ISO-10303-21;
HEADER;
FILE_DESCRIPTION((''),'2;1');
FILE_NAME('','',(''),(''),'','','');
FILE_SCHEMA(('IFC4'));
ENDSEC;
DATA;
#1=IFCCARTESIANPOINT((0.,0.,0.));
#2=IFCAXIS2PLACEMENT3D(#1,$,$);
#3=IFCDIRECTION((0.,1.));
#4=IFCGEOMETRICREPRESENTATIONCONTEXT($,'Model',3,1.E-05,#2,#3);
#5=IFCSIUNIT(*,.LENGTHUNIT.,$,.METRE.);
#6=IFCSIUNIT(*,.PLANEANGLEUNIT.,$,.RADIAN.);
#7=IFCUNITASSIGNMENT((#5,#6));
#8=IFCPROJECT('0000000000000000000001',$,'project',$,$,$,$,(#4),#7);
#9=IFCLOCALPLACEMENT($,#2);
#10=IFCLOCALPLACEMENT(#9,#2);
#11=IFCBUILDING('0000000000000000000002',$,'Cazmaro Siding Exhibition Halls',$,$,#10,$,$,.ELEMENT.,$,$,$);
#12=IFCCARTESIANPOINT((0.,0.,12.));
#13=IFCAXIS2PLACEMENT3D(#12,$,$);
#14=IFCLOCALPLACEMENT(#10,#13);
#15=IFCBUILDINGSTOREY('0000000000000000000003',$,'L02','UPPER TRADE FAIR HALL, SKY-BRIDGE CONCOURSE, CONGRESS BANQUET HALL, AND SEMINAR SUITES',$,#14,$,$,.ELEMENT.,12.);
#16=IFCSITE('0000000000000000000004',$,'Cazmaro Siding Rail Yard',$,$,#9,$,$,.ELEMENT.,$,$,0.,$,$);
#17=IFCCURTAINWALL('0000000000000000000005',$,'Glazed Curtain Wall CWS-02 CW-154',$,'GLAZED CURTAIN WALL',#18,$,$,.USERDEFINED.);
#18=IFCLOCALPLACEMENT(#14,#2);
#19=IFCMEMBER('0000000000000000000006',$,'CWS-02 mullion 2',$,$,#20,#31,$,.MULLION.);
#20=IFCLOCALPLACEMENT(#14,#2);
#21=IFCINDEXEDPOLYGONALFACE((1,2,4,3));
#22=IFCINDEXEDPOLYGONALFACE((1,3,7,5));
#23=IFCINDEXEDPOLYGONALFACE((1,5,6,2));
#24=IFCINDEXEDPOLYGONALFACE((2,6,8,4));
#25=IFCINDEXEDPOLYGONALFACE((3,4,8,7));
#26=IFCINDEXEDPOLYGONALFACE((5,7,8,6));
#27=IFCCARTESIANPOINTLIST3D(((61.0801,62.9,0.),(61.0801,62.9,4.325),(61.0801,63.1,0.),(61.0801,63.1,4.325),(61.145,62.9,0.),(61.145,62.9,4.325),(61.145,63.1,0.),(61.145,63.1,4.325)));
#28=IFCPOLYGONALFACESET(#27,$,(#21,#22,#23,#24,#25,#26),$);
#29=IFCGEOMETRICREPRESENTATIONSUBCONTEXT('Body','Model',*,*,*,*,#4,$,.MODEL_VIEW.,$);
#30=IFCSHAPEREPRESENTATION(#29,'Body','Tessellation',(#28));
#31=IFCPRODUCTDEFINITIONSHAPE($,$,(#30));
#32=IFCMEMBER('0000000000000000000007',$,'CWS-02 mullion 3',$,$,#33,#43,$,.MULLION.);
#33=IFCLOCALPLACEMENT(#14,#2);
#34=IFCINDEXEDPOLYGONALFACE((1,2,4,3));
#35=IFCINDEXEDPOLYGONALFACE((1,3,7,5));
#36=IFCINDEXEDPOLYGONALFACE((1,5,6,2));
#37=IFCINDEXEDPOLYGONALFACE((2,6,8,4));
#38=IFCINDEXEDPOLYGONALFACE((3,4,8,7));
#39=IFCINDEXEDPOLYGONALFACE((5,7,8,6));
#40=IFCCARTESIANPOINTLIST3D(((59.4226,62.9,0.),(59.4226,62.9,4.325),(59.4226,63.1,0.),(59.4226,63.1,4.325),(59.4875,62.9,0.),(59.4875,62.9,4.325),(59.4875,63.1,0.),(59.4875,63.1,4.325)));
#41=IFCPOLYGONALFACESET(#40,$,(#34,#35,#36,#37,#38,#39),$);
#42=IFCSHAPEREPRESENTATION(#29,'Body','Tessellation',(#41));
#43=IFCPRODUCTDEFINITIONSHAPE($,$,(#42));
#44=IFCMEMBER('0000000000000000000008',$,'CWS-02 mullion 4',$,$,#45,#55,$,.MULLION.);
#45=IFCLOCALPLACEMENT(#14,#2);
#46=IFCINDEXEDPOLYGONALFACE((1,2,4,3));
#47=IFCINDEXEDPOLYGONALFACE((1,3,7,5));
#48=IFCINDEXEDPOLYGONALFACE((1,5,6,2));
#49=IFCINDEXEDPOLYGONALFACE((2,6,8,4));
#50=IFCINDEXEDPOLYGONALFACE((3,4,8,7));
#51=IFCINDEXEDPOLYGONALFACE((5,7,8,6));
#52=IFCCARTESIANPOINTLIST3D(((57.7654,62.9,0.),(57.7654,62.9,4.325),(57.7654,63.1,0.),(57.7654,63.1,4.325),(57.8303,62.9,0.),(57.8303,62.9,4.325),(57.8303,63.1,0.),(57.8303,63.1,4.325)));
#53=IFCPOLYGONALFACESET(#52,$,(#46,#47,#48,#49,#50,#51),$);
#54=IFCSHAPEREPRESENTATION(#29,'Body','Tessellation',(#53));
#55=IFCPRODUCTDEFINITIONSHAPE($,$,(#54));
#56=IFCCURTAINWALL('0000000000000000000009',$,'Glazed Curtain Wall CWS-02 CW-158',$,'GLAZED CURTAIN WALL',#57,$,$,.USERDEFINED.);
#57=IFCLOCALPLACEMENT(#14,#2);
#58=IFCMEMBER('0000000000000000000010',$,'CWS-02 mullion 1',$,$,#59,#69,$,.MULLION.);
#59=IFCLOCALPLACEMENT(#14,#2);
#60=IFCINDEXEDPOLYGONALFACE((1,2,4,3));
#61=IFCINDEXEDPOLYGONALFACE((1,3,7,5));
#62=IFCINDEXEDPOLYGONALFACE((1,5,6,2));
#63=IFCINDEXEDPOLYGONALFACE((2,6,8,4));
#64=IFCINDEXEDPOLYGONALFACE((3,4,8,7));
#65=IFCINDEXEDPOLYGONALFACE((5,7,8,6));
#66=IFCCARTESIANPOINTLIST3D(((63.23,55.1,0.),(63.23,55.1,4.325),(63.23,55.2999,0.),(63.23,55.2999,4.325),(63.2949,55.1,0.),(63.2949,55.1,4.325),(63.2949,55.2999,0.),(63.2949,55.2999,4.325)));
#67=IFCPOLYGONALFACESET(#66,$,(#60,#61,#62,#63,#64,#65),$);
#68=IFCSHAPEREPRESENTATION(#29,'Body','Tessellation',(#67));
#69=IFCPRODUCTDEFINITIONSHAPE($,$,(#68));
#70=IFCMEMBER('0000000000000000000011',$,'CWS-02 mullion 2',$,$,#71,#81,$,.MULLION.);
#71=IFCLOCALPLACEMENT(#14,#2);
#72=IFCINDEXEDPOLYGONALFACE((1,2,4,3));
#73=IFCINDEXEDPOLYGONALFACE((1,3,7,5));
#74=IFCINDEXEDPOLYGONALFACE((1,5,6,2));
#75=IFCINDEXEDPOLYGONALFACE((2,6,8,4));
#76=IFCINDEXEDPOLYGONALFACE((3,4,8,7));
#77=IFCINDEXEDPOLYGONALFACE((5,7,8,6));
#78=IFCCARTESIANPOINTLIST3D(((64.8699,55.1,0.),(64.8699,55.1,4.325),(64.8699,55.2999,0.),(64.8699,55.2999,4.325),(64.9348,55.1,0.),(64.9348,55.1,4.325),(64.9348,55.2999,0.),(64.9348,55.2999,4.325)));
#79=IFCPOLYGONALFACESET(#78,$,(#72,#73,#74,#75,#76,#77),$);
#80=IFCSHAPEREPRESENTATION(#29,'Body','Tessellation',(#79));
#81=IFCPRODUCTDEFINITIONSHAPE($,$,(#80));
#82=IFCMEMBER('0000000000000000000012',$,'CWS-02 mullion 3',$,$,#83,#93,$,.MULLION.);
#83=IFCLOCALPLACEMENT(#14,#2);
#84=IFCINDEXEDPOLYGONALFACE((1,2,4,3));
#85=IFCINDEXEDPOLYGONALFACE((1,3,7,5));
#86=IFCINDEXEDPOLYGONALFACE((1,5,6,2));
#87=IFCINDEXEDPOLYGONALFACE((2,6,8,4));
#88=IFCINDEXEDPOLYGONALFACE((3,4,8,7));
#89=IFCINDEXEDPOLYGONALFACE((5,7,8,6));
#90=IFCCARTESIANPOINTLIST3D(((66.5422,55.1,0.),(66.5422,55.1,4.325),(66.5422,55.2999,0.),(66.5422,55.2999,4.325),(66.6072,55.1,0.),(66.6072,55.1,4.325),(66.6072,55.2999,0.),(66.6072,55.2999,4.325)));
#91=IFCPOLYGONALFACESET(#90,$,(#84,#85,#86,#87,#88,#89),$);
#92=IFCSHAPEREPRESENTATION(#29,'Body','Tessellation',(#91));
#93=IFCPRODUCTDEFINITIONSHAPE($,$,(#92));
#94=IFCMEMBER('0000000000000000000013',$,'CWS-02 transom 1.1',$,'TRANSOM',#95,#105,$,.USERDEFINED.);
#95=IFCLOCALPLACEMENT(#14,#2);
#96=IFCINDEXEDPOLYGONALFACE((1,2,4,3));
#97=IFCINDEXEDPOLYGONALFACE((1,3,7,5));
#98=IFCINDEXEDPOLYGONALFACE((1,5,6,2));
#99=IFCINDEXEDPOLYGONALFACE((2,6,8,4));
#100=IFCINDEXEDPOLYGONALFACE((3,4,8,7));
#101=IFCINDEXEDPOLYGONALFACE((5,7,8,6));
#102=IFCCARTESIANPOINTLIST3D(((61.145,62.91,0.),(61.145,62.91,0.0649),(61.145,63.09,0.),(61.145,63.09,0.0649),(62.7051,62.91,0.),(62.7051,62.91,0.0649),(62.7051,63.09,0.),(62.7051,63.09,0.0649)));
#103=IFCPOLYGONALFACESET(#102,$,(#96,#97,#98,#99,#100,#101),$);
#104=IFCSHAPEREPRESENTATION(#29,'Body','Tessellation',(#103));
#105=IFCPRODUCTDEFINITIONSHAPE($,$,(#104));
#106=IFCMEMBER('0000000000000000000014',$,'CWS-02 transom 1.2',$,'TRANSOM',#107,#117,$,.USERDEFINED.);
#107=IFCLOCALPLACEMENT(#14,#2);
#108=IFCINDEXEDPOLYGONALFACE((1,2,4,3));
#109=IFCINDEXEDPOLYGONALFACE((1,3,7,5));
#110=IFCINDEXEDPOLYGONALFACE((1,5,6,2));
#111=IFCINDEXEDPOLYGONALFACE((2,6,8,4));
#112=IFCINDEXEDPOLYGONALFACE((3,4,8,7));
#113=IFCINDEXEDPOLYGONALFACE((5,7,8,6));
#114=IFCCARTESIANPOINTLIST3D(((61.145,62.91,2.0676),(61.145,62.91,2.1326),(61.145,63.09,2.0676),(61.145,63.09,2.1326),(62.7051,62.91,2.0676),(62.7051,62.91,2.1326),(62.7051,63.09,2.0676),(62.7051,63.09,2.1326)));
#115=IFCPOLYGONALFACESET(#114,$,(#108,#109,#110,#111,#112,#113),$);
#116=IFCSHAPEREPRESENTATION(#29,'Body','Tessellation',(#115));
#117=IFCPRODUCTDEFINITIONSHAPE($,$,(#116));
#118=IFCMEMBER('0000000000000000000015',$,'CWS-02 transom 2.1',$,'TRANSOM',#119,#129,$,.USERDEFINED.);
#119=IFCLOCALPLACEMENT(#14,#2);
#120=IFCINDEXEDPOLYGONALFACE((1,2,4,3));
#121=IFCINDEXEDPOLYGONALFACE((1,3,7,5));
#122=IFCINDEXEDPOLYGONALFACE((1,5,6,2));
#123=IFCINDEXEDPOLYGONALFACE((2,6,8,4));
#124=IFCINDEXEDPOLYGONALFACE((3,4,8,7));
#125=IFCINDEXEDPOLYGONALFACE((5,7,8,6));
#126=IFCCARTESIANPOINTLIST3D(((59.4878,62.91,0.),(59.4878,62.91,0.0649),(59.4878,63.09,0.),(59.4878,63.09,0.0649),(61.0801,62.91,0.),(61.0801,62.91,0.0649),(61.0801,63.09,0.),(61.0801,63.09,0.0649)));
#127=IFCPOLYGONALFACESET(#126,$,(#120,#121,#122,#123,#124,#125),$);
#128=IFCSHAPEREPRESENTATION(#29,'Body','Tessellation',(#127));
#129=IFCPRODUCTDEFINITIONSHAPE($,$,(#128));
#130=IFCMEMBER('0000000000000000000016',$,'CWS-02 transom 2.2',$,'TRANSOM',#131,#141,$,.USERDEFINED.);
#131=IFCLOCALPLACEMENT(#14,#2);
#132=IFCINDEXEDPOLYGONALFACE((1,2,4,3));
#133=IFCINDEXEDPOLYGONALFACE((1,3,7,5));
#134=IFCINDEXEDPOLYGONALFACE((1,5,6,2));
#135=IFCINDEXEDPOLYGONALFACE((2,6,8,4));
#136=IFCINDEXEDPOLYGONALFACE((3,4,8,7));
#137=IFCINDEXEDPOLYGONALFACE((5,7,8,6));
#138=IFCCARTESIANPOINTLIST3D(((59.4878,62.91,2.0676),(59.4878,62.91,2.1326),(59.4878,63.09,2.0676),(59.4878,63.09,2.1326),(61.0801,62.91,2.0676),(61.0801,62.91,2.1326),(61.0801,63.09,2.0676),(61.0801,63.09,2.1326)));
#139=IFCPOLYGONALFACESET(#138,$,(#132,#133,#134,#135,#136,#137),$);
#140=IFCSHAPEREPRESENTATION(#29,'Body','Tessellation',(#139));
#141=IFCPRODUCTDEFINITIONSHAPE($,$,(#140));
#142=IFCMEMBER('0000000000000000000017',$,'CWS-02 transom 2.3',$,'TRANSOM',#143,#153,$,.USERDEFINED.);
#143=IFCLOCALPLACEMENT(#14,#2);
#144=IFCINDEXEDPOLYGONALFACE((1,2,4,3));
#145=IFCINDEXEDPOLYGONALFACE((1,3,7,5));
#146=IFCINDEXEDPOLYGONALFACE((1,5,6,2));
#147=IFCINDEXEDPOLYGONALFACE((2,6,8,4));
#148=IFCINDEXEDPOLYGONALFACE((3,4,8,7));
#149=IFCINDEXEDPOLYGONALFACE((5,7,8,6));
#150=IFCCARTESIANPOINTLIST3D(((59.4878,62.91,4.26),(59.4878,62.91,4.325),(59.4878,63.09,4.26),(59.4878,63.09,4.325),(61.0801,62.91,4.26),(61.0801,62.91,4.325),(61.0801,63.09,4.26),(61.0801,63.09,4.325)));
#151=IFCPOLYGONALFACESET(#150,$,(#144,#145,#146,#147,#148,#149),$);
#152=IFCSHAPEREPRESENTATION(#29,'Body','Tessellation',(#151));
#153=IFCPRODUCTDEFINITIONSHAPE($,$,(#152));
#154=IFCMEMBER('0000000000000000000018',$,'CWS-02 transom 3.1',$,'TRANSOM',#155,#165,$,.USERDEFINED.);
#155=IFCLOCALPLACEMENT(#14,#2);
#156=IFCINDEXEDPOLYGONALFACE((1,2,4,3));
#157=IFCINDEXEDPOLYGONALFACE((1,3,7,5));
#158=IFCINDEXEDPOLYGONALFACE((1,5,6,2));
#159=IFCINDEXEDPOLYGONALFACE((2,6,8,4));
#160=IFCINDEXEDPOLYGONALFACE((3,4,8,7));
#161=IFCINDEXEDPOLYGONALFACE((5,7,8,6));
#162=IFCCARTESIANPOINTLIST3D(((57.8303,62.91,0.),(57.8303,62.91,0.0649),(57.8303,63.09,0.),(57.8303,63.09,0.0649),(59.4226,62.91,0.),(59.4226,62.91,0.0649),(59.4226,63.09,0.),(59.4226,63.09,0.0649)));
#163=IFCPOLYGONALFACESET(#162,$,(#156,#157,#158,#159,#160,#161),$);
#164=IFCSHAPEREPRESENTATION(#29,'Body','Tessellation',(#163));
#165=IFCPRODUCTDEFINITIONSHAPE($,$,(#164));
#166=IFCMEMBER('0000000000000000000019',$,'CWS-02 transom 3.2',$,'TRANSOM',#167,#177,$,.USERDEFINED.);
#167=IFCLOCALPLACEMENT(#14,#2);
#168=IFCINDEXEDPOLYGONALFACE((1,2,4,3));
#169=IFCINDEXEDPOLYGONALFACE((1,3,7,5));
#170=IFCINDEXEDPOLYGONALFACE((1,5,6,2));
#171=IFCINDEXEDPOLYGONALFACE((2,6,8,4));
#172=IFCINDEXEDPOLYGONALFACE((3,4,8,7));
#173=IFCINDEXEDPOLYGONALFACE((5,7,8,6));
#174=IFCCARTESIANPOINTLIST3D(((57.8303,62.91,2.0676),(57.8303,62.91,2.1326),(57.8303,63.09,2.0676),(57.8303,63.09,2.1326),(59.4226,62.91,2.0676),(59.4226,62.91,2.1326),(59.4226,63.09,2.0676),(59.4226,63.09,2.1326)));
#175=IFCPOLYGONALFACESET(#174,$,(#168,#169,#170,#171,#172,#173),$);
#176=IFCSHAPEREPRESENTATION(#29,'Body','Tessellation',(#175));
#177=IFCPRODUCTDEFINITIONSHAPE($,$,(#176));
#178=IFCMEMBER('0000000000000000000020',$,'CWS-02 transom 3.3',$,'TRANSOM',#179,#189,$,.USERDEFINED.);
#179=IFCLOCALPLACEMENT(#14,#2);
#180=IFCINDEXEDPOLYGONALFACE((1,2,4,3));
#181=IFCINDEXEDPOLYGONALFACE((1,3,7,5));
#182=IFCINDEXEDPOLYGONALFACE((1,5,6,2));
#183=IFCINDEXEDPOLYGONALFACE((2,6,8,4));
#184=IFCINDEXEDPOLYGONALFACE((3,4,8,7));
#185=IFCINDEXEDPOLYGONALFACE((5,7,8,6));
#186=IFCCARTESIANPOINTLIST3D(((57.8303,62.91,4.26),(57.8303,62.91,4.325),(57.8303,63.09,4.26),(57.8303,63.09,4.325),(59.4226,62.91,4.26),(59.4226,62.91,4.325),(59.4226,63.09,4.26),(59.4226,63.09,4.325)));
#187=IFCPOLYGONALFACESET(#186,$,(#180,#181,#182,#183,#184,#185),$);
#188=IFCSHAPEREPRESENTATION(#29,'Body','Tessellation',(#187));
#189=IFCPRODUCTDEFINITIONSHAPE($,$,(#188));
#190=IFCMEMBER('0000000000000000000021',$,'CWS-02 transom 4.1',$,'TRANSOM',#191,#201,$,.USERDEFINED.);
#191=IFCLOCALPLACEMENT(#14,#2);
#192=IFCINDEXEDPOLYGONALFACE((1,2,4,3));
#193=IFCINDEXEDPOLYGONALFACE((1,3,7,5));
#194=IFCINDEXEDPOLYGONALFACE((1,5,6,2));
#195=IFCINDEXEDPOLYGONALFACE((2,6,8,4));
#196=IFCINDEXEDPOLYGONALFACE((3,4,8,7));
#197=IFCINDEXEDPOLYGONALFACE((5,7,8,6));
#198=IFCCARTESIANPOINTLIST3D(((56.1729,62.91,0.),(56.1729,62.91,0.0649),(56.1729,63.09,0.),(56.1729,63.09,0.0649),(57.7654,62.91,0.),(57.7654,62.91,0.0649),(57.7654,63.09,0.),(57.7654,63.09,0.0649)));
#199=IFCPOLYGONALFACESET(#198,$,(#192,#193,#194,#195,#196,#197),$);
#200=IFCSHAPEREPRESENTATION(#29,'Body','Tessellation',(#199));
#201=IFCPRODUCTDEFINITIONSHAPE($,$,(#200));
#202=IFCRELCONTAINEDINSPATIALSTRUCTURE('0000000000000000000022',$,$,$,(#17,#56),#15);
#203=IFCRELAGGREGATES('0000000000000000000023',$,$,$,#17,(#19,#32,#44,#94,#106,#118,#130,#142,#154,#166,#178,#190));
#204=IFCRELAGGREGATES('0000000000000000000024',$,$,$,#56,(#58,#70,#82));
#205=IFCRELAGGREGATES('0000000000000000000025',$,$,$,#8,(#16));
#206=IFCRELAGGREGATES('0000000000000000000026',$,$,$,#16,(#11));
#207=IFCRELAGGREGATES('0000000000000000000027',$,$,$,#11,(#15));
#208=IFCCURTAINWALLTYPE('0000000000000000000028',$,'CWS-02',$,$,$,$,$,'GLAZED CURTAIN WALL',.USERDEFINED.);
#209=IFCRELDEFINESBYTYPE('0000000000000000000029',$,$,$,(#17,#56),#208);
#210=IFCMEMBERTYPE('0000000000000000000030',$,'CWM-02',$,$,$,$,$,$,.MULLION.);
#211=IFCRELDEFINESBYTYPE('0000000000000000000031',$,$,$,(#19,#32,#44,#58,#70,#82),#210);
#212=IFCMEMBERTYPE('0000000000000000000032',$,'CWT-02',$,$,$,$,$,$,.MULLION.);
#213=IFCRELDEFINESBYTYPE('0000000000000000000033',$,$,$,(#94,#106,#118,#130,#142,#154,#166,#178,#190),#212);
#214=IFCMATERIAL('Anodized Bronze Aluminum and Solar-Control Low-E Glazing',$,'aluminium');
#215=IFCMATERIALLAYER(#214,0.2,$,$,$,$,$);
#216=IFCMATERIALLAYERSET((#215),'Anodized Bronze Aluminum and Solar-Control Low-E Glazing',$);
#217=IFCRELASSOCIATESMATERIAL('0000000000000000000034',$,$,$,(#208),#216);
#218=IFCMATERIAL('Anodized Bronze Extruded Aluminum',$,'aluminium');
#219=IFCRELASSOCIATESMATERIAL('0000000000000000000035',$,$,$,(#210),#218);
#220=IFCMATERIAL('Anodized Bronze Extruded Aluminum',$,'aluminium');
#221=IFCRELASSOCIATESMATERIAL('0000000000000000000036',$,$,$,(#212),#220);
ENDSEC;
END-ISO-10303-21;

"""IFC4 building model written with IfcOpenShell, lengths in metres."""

from ifc_helpers import new_model, si_unit, direction, frame, origin, origin_2d, place, context, subcontext, project, spatial, rectangle, extrude, material, layer, layer_set, material_profile, profile_set, type_object, element, aggregate, save


model = new_model("IFC4")

# Units and contexts
model_context = context("Model", 3, precision=1e-05, world=origin(), true_north=direction((0.0, 1.0)))
body_context = subcontext(model_context, "Body", "Model", "MODEL_VIEW")
ifc_project = project(units=[si_unit("LENGTHUNIT", "METRE"), si_unit("PLANEANGLEUNIT", "RADIAN")], contexts=[model_context])

# Site, building, storey
site_placement = place(None, origin())
site = spatial("IfcSite", under=ifc_project, at=site_placement, Name="Cazmaro Siding Rail Yard", CompositionType="ELEMENT", RefElevation=0.0)
building_placement = place(site_placement, origin())
building = spatial("IfcBuilding", under=site, at=building_placement, Name="Cazmaro Siding Exhibition Halls", CompositionType="ELEMENT")
storey_placement = place(building_placement, frame((0.0, 0.0, 12.0)))
storey = spatial("IfcBuildingStorey", under=building, at=storey_placement, Name="L02", Description="UPPER TRADE FAIR HALL, SKY-BRIDGE CONCOURSE, CONGRESS BANQUET HALL, AND SEMINAR SUITES", CompositionType="ELEMENT", Elevation=12.0)

# Curtain walls, members
ifc_material_1 = material(Name="Anodized Bronze Aluminum and Solar-Control Low-E Glazing", Category="aluminium")
ifc_layer_1 = layer(ifc_material_1, 0.2)
ifc_layer_set_1 = layer_set([ifc_layer_1], Name="Anodized Bronze Aluminum and Solar-Control Low-E Glazing")
curtain_wall_type = type_object("IfcCurtainWallType", Name="CWS-02", ElementType="GLAZED CURTAIN WALL", PredefinedType="USERDEFINED", material=ifc_layer_set_1)
curtain_wall_1_placement = place(storey_placement, origin())
curtain_wall_1 = element("IfcCurtainWall", 1, at=curtain_wall_1_placement, inside=storey, type_object=curtain_wall_type, Name="Glazed Curtain Wall CWS-02 CW-154", ObjectType="GLAZED CURTAIN WALL", PredefinedType="USERDEFINED")
ifc_material_2 = material(Name="Anodized Bronze Extruded Aluminum", Category="aluminium")
ifc_material_profile_1 = material_profile(ifc_material_2, rectangle(XDim=0.2, YDim=0.0649, at=origin_2d()), Name="CWM-02")
ifc_profile_set_1 = profile_set([ifc_material_profile_1], Name="Anodized Bronze Extruded Aluminum")
member_type_1 = type_object("IfcMemberType", Name="CWM-02", PredefinedType="MULLION", material=ifc_profile_set_1)
member_1_placement = place(storey_placement, frame((61.1125, 63.0, 0.0), z_axis=(0.0, 0.0, 1.0), x_axis=(0.0, -1.0, 0.0)))
member_1 = element("IfcMember", 2, at=member_1_placement, type_object=member_type_1, Name="CWS-02 mullion 2", PredefinedType="MULLION", context=body_context, shape_type="SweptSolid", body=[
    extrude(rectangle(XDim=0.2, YDim=0.0649, at=origin_2d()), origin(), (0.0, 0.0, 1.0), 4.325),
])
member_2_placement = place(storey_placement, frame((59.4551, 63.0, 0.0), z_axis=(0.0, 0.0, 1.0), x_axis=(0.0, -1.0, 0.0)))
member_2 = element("IfcMember", 3, at=member_2_placement, type_object=member_type_1, Name="CWS-02 mullion 3", PredefinedType="MULLION", context=body_context, shape_type="SweptSolid", body=[
    extrude(rectangle(XDim=0.2, YDim=0.0649, at=origin_2d()), origin(), (0.0, 0.0, 1.0), 4.325),
])
member_3_placement = place(storey_placement, frame((57.7979, 63.0, 0.0), z_axis=(0.0, 0.0, 1.0), x_axis=(0.0, -1.0, 0.0)))
member_3 = element("IfcMember", 4, at=member_3_placement, type_object=member_type_1, Name="CWS-02 mullion 4", PredefinedType="MULLION", context=body_context, shape_type="SweptSolid", body=[
    extrude(rectangle(XDim=0.2, YDim=0.0649, at=origin_2d()), origin(), (0.0, 0.0, 1.0), 4.325),
])
curtain_wall_2_placement = place(storey_placement, origin())
curtain_wall_2 = element("IfcCurtainWall", 5, at=curtain_wall_2_placement, inside=storey, type_object=curtain_wall_type, Name="Glazed Curtain Wall CWS-02 CW-158", ObjectType="GLAZED CURTAIN WALL", PredefinedType="USERDEFINED")
member_4_placement = place(storey_placement, frame((63.2625, 55.2, 0.0), z_axis=(0.0, 0.0, 1.0), x_axis=(0.0, 1.0, 0.0)))
member_4 = element("IfcMember", 6, at=member_4_placement, type_object=member_type_1, Name="CWS-02 mullion 1", PredefinedType="MULLION", context=body_context, shape_type="SweptSolid", body=[
    extrude(rectangle(XDim=0.2, YDim=0.0649, at=origin_2d()), origin(), (0.0, 0.0, 1.0), 4.325),
])
member_5_placement = place(storey_placement, frame((64.9023, 55.2, 0.0), z_axis=(0.0, 0.0, 1.0), x_axis=(0.0, 1.0, 0.0)))
member_5 = element("IfcMember", 7, at=member_5_placement, type_object=member_type_1, Name="CWS-02 mullion 2", PredefinedType="MULLION", context=body_context, shape_type="SweptSolid", body=[
    extrude(rectangle(XDim=0.2, YDim=0.0649, at=origin_2d()), origin(), (0.0, 0.0, 1.0), 4.325),
])
member_6_placement = place(storey_placement, frame((66.5747, 55.2, 0.0), z_axis=(0.0, 0.0, 1.0), x_axis=(0.0, 1.0, 0.0)))
member_6 = element("IfcMember", 8, at=member_6_placement, type_object=member_type_1, Name="CWS-02 mullion 3", PredefinedType="MULLION", context=body_context, shape_type="SweptSolid", body=[
    extrude(rectangle(XDim=0.2, YDim=0.0649, at=origin_2d()), origin(), (0.0, 0.0, 1.0), 4.325),
])

# Members
ifc_material_3 = material(Name="Anodized Bronze Extruded Aluminum", Category="aluminium")
ifc_material_profile_2 = material_profile(ifc_material_3, rectangle(XDim=0.1799, YDim=0.0649, at=origin_2d()), Name="CWT-02")
ifc_profile_set_2 = profile_set([ifc_material_profile_2], Name="Anodized Bronze Extruded Aluminum")
member_type_2 = type_object("IfcMemberType", Name="CWT-02", PredefinedType="MULLION", material=ifc_profile_set_2)
member_7_placement = place(storey_placement, frame((62.7051, 63.0, 0.0325), z_axis=(-1.0, 0.0, 0.0), x_axis=(0.0, -1.0, 0.0)))
member_7 = element("IfcMember", 9, at=member_7_placement, type_object=member_type_2, Name="CWS-02 transom 1.1", ObjectType="TRANSOM", PredefinedType="USERDEFINED", context=body_context, shape_type="SweptSolid", body=[
    extrude(rectangle(XDim=0.1799, YDim=0.0649, at=origin_2d()), origin(), (0.0, 0.0, 1.0), 1.5601),
])
member_8_placement = place(storey_placement, frame((62.7051, 63.0, 2.1001), z_axis=(-1.0, 0.0, 0.0), x_axis=(0.0, -1.0, 0.0)))
member_8 = element("IfcMember", 10, at=member_8_placement, type_object=member_type_2, Name="CWS-02 transom 1.2", ObjectType="TRANSOM", PredefinedType="USERDEFINED", context=body_context, shape_type="SweptSolid", body=[
    extrude(rectangle(XDim=0.1799, YDim=0.0649, at=origin_2d()), origin(), (0.0, 0.0, 1.0), 1.5601),
])
member_9_placement = place(storey_placement, frame((61.0801, 63.0, 0.0325), z_axis=(-1.0, 0.0, 0.0), x_axis=(0.0, -1.0, 0.0)))
member_9 = element("IfcMember", 11, at=member_9_placement, type_object=member_type_2, Name="CWS-02 transom 2.1", ObjectType="TRANSOM", PredefinedType="USERDEFINED", context=body_context, shape_type="SweptSolid", body=[
    extrude(rectangle(XDim=0.1799, YDim=0.0649, at=origin_2d()), origin(), (0.0, 0.0, 1.0), 1.5923),
])
member_10_placement = place(storey_placement, frame((61.0801, 63.0, 2.1001), z_axis=(-1.0, 0.0, 0.0), x_axis=(0.0, -1.0, 0.0)))
member_10 = element("IfcMember", 12, at=member_10_placement, type_object=member_type_2, Name="CWS-02 transom 2.2", ObjectType="TRANSOM", PredefinedType="USERDEFINED", context=body_context, shape_type="SweptSolid", body=[
    extrude(rectangle(XDim=0.1799, YDim=0.0649, at=origin_2d()), origin(), (0.0, 0.0, 1.0), 1.5923),
])
member_11_placement = place(storey_placement, frame((61.0801, 63.0, 4.2925), z_axis=(-1.0, 0.0, 0.0), x_axis=(0.0, -1.0, 0.0)))
member_11 = element("IfcMember", 13, at=member_11_placement, type_object=member_type_2, Name="CWS-02 transom 2.3", ObjectType="TRANSOM", PredefinedType="USERDEFINED", context=body_context, shape_type="SweptSolid", body=[
    extrude(rectangle(XDim=0.1799, YDim=0.0649, at=origin_2d()), origin(), (0.0, 0.0, 1.0), 1.5923),
])
member_12_placement = place(storey_placement, frame((59.4226, 63.0, 0.0325), z_axis=(-1.0, 0.0, 0.0), x_axis=(0.0, -1.0, 0.0)))
member_12 = element("IfcMember", 14, at=member_12_placement, type_object=member_type_2, Name="CWS-02 transom 3.1", ObjectType="TRANSOM", PredefinedType="USERDEFINED", context=body_context, shape_type="SweptSolid", body=[
    extrude(rectangle(XDim=0.1799, YDim=0.0649, at=origin_2d()), origin(), (0.0, 0.0, 1.0), 1.5923),
])
member_13_placement = place(storey_placement, frame((59.4226, 63.0, 2.1001), z_axis=(-1.0, 0.0, 0.0), x_axis=(0.0, -1.0, 0.0)))
member_13 = element("IfcMember", 15, at=member_13_placement, type_object=member_type_2, Name="CWS-02 transom 3.2", ObjectType="TRANSOM", PredefinedType="USERDEFINED", context=body_context, shape_type="SweptSolid", body=[
    extrude(rectangle(XDim=0.1799, YDim=0.0649, at=origin_2d()), origin(), (0.0, 0.0, 1.0), 1.5923),
])
member_14_placement = place(storey_placement, frame((59.4226, 63.0, 4.2925), z_axis=(-1.0, 0.0, 0.0), x_axis=(0.0, -1.0, 0.0)))
member_14 = element("IfcMember", 16, at=member_14_placement, type_object=member_type_2, Name="CWS-02 transom 3.3", ObjectType="TRANSOM", PredefinedType="USERDEFINED", context=body_context, shape_type="SweptSolid", body=[
    extrude(rectangle(XDim=0.1799, YDim=0.0649, at=origin_2d()), origin(), (0.0, 0.0, 1.0), 1.5923),
])
member_15_placement = place(storey_placement, frame((57.7654, 63.0, 0.0325), z_axis=(-1.0, 0.0, 0.0), x_axis=(0.0, -1.0, 0.0)))
member_15 = element("IfcMember", 17, at=member_15_placement, type_object=member_type_2, Name="CWS-02 transom 4.1", ObjectType="TRANSOM", PredefinedType="USERDEFINED", context=body_context, shape_type="SweptSolid", body=[
    extrude(rectangle(XDim=0.1799, YDim=0.0649, at=origin_2d()), origin(), (0.0, 0.0, 1.0), 1.5925),
])

aggregate(curtain_wall_1, [member_1, member_2, member_3, member_7, member_8, member_9, member_10, member_11, member_12, member_13, member_14, member_15])
aggregate(curtain_wall_2, [member_4, member_5, member_6])

save(model, "model.ifc")
